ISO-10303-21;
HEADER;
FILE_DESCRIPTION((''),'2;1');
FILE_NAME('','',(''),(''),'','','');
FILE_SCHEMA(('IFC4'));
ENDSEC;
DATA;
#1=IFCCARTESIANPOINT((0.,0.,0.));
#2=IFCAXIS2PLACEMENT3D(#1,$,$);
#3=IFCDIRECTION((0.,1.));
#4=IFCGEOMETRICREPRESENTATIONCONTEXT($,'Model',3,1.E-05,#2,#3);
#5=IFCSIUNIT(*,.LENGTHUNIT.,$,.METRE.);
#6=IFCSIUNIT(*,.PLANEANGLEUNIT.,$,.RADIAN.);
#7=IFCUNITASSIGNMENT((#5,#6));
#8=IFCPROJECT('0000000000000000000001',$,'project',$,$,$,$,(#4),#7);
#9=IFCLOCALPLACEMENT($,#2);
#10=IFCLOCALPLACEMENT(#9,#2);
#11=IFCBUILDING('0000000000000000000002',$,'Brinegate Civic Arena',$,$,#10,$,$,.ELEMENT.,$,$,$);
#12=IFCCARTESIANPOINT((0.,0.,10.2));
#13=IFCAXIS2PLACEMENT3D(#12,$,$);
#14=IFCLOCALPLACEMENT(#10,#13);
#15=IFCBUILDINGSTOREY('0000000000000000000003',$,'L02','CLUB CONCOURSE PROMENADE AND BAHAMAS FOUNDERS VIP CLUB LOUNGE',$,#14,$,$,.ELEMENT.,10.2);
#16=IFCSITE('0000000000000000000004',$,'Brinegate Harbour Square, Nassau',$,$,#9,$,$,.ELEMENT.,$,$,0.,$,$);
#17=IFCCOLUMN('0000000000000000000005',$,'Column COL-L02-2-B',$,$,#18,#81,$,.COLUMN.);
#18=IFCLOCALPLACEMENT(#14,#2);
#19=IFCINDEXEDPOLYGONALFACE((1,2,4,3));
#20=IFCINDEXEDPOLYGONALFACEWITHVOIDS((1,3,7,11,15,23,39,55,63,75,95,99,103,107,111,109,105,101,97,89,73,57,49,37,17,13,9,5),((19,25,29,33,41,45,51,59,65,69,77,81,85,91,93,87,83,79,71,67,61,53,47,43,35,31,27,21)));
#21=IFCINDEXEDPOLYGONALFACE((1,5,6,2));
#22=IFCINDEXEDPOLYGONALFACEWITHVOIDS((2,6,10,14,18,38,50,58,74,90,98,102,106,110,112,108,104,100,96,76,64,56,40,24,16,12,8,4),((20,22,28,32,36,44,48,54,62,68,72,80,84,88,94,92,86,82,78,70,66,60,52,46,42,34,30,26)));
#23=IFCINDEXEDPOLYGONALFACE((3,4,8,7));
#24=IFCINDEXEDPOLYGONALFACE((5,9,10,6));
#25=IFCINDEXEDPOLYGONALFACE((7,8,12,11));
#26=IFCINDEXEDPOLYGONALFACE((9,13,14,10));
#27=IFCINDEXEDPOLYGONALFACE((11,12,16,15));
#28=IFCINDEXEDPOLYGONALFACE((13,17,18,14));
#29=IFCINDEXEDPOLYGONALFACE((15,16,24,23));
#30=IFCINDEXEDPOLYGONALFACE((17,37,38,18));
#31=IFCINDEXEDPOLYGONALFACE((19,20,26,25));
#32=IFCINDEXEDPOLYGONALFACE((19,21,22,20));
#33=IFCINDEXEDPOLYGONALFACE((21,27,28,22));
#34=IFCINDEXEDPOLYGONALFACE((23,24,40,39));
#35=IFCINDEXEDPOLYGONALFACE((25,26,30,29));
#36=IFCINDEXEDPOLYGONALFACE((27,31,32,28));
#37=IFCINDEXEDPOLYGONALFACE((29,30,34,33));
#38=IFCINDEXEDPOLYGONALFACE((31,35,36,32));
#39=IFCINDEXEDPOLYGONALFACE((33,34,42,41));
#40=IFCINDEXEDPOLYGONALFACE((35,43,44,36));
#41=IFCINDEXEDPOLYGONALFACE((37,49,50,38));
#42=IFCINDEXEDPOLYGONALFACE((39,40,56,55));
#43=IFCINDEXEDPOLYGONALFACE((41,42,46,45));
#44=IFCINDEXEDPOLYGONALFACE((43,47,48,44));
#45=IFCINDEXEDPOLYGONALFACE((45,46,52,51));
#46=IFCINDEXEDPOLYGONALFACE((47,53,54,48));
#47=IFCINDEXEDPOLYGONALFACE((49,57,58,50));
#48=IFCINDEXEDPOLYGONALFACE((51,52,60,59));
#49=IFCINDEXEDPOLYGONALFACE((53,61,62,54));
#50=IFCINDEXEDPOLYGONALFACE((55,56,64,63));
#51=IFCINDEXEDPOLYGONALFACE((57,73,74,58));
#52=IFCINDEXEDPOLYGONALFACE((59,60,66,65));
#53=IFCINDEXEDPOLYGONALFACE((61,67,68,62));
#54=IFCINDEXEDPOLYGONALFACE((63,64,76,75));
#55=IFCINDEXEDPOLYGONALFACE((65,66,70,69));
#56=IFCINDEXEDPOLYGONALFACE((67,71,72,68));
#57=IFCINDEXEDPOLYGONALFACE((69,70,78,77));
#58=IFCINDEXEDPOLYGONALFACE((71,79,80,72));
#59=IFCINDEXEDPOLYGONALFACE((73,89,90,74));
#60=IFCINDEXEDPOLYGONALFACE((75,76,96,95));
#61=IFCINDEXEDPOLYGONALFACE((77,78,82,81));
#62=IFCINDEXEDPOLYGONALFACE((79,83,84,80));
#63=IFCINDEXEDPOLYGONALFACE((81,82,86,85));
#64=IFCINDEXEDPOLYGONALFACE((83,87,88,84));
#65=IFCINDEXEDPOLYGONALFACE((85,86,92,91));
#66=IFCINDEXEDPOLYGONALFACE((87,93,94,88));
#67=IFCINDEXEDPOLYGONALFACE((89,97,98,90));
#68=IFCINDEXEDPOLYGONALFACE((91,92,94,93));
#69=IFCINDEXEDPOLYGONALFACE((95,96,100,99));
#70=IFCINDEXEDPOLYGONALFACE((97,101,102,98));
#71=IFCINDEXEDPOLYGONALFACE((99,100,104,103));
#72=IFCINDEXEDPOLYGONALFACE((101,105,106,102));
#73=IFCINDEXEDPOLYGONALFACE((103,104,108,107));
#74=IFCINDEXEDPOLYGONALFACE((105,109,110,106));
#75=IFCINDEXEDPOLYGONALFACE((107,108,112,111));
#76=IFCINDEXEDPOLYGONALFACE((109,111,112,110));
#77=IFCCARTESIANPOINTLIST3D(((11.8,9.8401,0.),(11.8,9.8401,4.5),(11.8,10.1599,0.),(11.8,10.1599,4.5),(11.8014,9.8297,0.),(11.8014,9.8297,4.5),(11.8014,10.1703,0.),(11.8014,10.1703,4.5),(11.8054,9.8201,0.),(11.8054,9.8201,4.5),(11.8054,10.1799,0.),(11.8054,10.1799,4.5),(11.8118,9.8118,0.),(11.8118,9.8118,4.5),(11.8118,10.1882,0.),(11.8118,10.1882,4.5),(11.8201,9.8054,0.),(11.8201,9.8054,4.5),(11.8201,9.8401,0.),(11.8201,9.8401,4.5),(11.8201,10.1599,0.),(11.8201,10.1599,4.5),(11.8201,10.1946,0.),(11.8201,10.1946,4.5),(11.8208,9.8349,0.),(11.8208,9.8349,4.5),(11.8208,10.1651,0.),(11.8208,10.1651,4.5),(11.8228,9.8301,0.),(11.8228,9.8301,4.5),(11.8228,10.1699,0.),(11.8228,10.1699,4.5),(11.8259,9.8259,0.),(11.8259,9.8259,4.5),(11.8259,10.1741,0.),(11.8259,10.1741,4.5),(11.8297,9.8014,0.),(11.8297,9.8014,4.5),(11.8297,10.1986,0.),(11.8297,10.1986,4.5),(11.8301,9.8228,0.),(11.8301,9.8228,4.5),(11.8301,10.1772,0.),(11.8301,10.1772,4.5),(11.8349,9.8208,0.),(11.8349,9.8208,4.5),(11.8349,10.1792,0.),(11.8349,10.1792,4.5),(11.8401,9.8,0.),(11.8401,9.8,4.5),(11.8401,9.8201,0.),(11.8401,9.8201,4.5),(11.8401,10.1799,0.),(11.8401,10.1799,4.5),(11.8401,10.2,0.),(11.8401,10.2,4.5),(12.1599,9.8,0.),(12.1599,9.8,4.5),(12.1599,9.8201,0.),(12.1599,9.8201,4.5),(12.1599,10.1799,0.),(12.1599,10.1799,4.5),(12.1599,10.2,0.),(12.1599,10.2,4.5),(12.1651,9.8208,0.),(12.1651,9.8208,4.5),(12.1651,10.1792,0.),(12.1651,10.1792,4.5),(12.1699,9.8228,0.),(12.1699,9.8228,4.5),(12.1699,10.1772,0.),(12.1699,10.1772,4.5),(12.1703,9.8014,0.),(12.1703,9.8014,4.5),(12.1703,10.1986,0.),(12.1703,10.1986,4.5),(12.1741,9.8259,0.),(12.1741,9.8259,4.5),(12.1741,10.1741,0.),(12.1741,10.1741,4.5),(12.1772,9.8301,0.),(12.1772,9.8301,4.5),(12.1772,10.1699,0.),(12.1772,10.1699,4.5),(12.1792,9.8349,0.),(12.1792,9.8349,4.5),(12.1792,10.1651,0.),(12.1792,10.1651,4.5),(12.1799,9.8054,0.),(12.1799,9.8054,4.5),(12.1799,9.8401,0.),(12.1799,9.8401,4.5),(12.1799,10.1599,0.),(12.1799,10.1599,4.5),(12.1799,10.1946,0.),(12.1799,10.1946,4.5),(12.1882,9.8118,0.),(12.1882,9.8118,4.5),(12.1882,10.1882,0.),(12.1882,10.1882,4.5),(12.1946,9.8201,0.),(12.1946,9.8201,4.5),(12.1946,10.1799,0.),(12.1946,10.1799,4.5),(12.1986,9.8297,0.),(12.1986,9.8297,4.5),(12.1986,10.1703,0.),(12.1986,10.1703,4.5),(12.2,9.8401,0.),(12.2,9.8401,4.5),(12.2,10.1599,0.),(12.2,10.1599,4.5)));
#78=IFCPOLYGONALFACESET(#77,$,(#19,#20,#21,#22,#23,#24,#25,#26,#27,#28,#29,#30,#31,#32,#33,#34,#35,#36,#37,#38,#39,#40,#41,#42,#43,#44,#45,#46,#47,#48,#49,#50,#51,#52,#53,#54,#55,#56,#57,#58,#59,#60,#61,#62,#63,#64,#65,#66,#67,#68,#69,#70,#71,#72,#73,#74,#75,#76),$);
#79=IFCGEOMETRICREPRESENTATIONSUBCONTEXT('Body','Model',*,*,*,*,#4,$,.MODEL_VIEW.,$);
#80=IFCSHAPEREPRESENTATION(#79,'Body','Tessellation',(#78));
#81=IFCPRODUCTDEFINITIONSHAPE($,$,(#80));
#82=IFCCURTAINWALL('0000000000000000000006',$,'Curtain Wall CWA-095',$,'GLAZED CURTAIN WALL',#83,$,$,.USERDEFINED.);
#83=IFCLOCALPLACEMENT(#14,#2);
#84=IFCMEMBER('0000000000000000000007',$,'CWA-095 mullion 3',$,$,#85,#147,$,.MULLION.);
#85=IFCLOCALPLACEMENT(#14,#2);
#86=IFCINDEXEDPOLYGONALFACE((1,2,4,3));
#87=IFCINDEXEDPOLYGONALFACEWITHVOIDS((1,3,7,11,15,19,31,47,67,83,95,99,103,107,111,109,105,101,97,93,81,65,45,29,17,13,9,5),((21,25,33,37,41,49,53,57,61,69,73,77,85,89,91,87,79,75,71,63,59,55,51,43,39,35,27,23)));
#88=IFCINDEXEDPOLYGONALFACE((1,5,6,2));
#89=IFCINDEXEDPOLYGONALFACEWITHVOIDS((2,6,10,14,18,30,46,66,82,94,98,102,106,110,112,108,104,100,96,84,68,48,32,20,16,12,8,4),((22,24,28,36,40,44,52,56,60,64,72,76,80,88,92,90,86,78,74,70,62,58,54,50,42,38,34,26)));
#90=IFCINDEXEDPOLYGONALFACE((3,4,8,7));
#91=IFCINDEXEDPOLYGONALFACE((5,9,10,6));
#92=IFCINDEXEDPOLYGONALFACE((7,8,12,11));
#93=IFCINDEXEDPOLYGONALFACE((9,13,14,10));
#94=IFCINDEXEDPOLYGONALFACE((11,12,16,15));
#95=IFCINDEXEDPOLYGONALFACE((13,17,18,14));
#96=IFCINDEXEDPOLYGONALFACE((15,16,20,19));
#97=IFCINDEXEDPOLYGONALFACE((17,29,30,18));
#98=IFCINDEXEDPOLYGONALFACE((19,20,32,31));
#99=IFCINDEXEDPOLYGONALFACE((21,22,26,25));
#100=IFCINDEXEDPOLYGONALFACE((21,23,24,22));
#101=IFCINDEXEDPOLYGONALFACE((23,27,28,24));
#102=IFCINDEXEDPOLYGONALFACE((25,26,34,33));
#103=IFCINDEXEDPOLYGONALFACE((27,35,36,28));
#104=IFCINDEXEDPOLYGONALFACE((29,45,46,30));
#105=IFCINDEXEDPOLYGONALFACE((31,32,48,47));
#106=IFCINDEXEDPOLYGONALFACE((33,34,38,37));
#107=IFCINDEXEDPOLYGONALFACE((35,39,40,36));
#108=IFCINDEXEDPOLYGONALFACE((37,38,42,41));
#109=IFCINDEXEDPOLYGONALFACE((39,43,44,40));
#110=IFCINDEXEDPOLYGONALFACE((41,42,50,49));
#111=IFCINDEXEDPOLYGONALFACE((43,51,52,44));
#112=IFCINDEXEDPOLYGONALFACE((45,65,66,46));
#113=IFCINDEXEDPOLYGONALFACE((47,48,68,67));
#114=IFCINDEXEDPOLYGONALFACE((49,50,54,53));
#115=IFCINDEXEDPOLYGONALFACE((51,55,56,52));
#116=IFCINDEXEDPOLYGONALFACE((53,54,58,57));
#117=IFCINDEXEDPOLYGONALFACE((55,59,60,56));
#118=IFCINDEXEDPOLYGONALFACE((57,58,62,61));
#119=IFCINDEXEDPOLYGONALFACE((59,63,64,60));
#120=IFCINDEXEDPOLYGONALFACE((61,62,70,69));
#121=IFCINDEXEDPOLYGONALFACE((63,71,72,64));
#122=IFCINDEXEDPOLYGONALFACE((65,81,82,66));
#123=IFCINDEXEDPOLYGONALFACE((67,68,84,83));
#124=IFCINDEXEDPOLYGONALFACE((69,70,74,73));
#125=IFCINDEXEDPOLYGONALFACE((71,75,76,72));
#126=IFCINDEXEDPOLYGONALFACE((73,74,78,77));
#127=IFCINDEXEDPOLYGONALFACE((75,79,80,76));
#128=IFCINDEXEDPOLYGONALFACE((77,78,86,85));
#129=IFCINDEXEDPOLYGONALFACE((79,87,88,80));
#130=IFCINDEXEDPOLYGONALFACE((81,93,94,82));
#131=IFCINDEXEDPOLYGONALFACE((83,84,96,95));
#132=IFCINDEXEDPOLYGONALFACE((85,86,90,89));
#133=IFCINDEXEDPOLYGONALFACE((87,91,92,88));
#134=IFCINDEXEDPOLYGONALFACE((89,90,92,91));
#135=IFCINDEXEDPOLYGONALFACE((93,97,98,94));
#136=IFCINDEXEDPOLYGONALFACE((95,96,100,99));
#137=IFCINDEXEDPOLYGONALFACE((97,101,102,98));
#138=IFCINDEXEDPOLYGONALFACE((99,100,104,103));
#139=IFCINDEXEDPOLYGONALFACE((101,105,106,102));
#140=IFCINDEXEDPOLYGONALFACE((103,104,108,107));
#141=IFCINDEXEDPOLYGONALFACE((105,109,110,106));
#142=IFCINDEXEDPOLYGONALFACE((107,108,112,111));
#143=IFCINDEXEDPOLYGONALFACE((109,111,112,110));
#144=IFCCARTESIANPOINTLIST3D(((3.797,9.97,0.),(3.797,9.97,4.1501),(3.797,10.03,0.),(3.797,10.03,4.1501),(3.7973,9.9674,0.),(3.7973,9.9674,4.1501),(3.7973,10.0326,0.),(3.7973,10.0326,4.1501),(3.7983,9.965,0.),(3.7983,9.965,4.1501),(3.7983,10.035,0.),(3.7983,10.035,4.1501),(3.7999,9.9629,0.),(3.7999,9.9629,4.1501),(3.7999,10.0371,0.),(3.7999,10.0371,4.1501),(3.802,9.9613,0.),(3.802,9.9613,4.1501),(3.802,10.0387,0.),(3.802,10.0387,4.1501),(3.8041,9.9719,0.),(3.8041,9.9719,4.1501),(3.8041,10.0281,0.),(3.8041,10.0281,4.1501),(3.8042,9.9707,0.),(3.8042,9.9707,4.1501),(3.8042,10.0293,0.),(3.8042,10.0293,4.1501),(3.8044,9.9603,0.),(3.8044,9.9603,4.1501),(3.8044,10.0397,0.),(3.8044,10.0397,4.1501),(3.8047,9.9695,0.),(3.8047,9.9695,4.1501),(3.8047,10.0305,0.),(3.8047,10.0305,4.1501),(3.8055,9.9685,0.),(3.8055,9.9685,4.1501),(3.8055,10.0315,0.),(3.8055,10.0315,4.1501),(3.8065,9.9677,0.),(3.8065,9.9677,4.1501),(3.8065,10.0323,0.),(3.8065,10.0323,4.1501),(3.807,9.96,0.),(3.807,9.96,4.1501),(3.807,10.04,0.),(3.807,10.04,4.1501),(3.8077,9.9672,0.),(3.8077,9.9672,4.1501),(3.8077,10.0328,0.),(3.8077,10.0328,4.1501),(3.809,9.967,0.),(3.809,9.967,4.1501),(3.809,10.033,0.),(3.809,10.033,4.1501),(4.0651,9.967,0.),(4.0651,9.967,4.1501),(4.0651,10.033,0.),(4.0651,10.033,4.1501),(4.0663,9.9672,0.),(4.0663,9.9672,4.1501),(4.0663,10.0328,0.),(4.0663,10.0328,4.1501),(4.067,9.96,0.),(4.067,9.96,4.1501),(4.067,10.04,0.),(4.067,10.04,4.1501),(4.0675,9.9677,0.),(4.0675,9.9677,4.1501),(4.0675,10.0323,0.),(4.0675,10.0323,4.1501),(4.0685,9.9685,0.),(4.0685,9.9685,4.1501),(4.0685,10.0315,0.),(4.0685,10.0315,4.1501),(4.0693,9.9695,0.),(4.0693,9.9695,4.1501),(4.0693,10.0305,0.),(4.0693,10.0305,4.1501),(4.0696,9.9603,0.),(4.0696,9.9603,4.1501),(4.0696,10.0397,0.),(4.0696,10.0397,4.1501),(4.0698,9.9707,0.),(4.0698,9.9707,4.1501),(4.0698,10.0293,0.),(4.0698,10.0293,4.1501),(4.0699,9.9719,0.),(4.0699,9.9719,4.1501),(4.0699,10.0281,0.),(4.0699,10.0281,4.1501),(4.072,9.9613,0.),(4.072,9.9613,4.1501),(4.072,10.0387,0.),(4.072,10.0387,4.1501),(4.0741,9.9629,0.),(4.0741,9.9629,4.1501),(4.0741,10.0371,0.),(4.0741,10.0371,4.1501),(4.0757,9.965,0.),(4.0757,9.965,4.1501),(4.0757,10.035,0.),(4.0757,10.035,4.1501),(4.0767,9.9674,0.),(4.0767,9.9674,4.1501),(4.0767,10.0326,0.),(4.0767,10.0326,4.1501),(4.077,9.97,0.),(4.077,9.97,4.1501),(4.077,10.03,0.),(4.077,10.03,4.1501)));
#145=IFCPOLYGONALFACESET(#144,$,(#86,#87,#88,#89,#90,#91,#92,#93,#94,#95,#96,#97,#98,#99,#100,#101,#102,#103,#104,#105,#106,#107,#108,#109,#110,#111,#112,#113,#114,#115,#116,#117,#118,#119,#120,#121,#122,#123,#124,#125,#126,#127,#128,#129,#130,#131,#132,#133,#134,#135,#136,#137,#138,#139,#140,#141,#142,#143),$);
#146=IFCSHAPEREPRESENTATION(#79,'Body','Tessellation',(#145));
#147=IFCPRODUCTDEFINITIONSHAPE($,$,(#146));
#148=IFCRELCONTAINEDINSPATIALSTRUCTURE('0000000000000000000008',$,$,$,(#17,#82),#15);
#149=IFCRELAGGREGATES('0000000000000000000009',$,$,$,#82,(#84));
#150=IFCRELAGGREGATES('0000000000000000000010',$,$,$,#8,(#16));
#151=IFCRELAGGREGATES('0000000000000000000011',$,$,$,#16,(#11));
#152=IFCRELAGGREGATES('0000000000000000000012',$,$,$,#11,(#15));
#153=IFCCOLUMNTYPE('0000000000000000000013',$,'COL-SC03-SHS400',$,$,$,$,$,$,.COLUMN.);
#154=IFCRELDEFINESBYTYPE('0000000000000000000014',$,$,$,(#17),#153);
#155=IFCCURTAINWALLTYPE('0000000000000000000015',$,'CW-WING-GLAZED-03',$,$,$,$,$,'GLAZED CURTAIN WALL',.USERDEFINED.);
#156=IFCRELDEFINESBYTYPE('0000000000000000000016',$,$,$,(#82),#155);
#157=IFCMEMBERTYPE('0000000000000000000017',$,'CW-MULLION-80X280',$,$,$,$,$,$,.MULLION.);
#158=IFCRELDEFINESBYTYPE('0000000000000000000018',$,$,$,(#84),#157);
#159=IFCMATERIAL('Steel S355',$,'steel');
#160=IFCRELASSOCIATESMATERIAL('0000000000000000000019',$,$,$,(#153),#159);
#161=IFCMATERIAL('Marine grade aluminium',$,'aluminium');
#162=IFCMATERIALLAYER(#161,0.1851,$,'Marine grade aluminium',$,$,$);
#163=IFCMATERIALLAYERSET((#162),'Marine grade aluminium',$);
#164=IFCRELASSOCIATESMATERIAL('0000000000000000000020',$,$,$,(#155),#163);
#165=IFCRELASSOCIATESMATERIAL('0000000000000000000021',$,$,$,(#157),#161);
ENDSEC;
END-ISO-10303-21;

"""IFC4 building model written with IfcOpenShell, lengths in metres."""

from ifc_helpers import new_model, si_unit, direction, frame, origin, origin_2d, place, context, subcontext, project, spatial, hollow_rectangle, extrude, material, layer, layer_set, material_profile, profile_set, type_object, element, aggregate, save


model = new_model("IFC4")

# Units and contexts
model_context = context("Model", 3, precision=1e-05, world=origin(), true_north=direction((0.0, 1.0)))
body_context = subcontext(model_context, "Body", "Model", "MODEL_VIEW")
ifc_project = project(units=[si_unit("LENGTHUNIT", "METRE"), si_unit("PLANEANGLEUNIT", "RADIAN")], contexts=[model_context])

# Site, building, storey
site_placement = place(None, origin())
site = spatial("IfcSite", under=ifc_project, at=site_placement, Name="Brinegate Harbour Square, Nassau", CompositionType="ELEMENT", RefElevation=0.0)
building_placement = place(site_placement, origin())
building = spatial("IfcBuilding", under=site, at=building_placement, Name="Brinegate Civic Arena", CompositionType="ELEMENT")
storey_placement = place(building_placement, frame((0.0, 0.0, 10.2)))
storey = spatial("IfcBuildingStorey", under=building, at=storey_placement, Name="L02", Description="CLUB CONCOURSE PROMENADE AND BAHAMAS FOUNDERS VIP CLUB LOUNGE", CompositionType="ELEMENT", Elevation=10.2)

# Column
ifc_material_1 = material(Name="Steel S355", Category="steel")
ifc_material_profile_1 = material_profile(ifc_material_1, hollow_rectangle(XDim=0.3999, YDim=0.3999, WallThickness=0.02, InnerFilletRadius=0.02, OuterFilletRadius=0.04, at=origin_2d()), Name="SHS400X20")
ifc_profile_set_1 = profile_set([ifc_material_profile_1], Name="Steel S355")
column_type = type_object("IfcColumnType", Name="COL-SC03-SHS400", PredefinedType="COLUMN", material=ifc_profile_set_1)
column_placement = place(storey_placement, frame((12.0, 10.0, 0.0), z_axis=(0.0, 0.0, 1.0), x_axis=(1.0, 0.0, 0.0)))
element("IfcColumn", 1, at=column_placement, inside=storey, type_object=column_type, Name="Column COL-L02-2-B", PredefinedType="COLUMN", context=body_context, shape_type="SweptSolid", body=[
    extrude(hollow_rectangle(XDim=0.3999, YDim=0.3999, WallThickness=0.02, InnerFilletRadius=0.02, OuterFilletRadius=0.04, at=origin_2d()), origin(), (0.0, 0.0, 1.0), 4.5),
])

# Curtain wall, member
ifc_material_2 = material(Name="Marine grade aluminium", Category="aluminium")
ifc_layer_1 = layer(ifc_material_2, 0.1851, Name="Marine grade aluminium")
ifc_layer_set_1 = layer_set([ifc_layer_1], Name="Marine grade aluminium")
curtain_wall_type = type_object("IfcCurtainWallType", Name="CW-WING-GLAZED-03", ElementType="GLAZED CURTAIN WALL", PredefinedType="USERDEFINED", material=ifc_layer_set_1)
curtain_wall_placement = place(storey_placement, origin())
curtain_wall = element("IfcCurtainWall", 2, at=curtain_wall_placement, inside=storey, type_object=curtain_wall_type, Name="Curtain Wall CWA-095", ObjectType="GLAZED CURTAIN WALL", PredefinedType="USERDEFINED")
ifc_material_profile_2 = material_profile(ifc_material_2, hollow_rectangle(XDim=0.0801, YDim=0.28, WallThickness=0.0071, InnerFilletRadius=0.0049, OuterFilletRadius=0.01, at=origin_2d()), Name="MUL80X280")
ifc_profile_set_2 = profile_set([ifc_material_profile_2], Name="Marine grade aluminium")
member_type_1 = type_object("IfcMemberType", Name="CW-MULLION-80X280", PredefinedType="MULLION", material=ifc_profile_set_2)
member_1_placement = place(storey_placement, frame((3.937, 10.0, 0.0), z_axis=(0.0, 0.0, 1.0), x_axis=(0.0, 1.0, 0.0)))
member_1 = element("IfcMember", 3, at=member_1_placement, type_object=member_type_1, Name="CWA-095 mullion 3", PredefinedType="MULLION", context=body_context, shape_type="SweptSolid", body=[
    extrude(hollow_rectangle(XDim=0.0801, YDim=0.28, WallThickness=0.0071, InnerFilletRadius=0.0049, OuterFilletRadius=0.01, at=origin_2d()), origin(), (0.0, 0.0, 1.0), 4.1501),
])
aggregate(curtain_wall, [member_1])

save(model, "model.ifc")
